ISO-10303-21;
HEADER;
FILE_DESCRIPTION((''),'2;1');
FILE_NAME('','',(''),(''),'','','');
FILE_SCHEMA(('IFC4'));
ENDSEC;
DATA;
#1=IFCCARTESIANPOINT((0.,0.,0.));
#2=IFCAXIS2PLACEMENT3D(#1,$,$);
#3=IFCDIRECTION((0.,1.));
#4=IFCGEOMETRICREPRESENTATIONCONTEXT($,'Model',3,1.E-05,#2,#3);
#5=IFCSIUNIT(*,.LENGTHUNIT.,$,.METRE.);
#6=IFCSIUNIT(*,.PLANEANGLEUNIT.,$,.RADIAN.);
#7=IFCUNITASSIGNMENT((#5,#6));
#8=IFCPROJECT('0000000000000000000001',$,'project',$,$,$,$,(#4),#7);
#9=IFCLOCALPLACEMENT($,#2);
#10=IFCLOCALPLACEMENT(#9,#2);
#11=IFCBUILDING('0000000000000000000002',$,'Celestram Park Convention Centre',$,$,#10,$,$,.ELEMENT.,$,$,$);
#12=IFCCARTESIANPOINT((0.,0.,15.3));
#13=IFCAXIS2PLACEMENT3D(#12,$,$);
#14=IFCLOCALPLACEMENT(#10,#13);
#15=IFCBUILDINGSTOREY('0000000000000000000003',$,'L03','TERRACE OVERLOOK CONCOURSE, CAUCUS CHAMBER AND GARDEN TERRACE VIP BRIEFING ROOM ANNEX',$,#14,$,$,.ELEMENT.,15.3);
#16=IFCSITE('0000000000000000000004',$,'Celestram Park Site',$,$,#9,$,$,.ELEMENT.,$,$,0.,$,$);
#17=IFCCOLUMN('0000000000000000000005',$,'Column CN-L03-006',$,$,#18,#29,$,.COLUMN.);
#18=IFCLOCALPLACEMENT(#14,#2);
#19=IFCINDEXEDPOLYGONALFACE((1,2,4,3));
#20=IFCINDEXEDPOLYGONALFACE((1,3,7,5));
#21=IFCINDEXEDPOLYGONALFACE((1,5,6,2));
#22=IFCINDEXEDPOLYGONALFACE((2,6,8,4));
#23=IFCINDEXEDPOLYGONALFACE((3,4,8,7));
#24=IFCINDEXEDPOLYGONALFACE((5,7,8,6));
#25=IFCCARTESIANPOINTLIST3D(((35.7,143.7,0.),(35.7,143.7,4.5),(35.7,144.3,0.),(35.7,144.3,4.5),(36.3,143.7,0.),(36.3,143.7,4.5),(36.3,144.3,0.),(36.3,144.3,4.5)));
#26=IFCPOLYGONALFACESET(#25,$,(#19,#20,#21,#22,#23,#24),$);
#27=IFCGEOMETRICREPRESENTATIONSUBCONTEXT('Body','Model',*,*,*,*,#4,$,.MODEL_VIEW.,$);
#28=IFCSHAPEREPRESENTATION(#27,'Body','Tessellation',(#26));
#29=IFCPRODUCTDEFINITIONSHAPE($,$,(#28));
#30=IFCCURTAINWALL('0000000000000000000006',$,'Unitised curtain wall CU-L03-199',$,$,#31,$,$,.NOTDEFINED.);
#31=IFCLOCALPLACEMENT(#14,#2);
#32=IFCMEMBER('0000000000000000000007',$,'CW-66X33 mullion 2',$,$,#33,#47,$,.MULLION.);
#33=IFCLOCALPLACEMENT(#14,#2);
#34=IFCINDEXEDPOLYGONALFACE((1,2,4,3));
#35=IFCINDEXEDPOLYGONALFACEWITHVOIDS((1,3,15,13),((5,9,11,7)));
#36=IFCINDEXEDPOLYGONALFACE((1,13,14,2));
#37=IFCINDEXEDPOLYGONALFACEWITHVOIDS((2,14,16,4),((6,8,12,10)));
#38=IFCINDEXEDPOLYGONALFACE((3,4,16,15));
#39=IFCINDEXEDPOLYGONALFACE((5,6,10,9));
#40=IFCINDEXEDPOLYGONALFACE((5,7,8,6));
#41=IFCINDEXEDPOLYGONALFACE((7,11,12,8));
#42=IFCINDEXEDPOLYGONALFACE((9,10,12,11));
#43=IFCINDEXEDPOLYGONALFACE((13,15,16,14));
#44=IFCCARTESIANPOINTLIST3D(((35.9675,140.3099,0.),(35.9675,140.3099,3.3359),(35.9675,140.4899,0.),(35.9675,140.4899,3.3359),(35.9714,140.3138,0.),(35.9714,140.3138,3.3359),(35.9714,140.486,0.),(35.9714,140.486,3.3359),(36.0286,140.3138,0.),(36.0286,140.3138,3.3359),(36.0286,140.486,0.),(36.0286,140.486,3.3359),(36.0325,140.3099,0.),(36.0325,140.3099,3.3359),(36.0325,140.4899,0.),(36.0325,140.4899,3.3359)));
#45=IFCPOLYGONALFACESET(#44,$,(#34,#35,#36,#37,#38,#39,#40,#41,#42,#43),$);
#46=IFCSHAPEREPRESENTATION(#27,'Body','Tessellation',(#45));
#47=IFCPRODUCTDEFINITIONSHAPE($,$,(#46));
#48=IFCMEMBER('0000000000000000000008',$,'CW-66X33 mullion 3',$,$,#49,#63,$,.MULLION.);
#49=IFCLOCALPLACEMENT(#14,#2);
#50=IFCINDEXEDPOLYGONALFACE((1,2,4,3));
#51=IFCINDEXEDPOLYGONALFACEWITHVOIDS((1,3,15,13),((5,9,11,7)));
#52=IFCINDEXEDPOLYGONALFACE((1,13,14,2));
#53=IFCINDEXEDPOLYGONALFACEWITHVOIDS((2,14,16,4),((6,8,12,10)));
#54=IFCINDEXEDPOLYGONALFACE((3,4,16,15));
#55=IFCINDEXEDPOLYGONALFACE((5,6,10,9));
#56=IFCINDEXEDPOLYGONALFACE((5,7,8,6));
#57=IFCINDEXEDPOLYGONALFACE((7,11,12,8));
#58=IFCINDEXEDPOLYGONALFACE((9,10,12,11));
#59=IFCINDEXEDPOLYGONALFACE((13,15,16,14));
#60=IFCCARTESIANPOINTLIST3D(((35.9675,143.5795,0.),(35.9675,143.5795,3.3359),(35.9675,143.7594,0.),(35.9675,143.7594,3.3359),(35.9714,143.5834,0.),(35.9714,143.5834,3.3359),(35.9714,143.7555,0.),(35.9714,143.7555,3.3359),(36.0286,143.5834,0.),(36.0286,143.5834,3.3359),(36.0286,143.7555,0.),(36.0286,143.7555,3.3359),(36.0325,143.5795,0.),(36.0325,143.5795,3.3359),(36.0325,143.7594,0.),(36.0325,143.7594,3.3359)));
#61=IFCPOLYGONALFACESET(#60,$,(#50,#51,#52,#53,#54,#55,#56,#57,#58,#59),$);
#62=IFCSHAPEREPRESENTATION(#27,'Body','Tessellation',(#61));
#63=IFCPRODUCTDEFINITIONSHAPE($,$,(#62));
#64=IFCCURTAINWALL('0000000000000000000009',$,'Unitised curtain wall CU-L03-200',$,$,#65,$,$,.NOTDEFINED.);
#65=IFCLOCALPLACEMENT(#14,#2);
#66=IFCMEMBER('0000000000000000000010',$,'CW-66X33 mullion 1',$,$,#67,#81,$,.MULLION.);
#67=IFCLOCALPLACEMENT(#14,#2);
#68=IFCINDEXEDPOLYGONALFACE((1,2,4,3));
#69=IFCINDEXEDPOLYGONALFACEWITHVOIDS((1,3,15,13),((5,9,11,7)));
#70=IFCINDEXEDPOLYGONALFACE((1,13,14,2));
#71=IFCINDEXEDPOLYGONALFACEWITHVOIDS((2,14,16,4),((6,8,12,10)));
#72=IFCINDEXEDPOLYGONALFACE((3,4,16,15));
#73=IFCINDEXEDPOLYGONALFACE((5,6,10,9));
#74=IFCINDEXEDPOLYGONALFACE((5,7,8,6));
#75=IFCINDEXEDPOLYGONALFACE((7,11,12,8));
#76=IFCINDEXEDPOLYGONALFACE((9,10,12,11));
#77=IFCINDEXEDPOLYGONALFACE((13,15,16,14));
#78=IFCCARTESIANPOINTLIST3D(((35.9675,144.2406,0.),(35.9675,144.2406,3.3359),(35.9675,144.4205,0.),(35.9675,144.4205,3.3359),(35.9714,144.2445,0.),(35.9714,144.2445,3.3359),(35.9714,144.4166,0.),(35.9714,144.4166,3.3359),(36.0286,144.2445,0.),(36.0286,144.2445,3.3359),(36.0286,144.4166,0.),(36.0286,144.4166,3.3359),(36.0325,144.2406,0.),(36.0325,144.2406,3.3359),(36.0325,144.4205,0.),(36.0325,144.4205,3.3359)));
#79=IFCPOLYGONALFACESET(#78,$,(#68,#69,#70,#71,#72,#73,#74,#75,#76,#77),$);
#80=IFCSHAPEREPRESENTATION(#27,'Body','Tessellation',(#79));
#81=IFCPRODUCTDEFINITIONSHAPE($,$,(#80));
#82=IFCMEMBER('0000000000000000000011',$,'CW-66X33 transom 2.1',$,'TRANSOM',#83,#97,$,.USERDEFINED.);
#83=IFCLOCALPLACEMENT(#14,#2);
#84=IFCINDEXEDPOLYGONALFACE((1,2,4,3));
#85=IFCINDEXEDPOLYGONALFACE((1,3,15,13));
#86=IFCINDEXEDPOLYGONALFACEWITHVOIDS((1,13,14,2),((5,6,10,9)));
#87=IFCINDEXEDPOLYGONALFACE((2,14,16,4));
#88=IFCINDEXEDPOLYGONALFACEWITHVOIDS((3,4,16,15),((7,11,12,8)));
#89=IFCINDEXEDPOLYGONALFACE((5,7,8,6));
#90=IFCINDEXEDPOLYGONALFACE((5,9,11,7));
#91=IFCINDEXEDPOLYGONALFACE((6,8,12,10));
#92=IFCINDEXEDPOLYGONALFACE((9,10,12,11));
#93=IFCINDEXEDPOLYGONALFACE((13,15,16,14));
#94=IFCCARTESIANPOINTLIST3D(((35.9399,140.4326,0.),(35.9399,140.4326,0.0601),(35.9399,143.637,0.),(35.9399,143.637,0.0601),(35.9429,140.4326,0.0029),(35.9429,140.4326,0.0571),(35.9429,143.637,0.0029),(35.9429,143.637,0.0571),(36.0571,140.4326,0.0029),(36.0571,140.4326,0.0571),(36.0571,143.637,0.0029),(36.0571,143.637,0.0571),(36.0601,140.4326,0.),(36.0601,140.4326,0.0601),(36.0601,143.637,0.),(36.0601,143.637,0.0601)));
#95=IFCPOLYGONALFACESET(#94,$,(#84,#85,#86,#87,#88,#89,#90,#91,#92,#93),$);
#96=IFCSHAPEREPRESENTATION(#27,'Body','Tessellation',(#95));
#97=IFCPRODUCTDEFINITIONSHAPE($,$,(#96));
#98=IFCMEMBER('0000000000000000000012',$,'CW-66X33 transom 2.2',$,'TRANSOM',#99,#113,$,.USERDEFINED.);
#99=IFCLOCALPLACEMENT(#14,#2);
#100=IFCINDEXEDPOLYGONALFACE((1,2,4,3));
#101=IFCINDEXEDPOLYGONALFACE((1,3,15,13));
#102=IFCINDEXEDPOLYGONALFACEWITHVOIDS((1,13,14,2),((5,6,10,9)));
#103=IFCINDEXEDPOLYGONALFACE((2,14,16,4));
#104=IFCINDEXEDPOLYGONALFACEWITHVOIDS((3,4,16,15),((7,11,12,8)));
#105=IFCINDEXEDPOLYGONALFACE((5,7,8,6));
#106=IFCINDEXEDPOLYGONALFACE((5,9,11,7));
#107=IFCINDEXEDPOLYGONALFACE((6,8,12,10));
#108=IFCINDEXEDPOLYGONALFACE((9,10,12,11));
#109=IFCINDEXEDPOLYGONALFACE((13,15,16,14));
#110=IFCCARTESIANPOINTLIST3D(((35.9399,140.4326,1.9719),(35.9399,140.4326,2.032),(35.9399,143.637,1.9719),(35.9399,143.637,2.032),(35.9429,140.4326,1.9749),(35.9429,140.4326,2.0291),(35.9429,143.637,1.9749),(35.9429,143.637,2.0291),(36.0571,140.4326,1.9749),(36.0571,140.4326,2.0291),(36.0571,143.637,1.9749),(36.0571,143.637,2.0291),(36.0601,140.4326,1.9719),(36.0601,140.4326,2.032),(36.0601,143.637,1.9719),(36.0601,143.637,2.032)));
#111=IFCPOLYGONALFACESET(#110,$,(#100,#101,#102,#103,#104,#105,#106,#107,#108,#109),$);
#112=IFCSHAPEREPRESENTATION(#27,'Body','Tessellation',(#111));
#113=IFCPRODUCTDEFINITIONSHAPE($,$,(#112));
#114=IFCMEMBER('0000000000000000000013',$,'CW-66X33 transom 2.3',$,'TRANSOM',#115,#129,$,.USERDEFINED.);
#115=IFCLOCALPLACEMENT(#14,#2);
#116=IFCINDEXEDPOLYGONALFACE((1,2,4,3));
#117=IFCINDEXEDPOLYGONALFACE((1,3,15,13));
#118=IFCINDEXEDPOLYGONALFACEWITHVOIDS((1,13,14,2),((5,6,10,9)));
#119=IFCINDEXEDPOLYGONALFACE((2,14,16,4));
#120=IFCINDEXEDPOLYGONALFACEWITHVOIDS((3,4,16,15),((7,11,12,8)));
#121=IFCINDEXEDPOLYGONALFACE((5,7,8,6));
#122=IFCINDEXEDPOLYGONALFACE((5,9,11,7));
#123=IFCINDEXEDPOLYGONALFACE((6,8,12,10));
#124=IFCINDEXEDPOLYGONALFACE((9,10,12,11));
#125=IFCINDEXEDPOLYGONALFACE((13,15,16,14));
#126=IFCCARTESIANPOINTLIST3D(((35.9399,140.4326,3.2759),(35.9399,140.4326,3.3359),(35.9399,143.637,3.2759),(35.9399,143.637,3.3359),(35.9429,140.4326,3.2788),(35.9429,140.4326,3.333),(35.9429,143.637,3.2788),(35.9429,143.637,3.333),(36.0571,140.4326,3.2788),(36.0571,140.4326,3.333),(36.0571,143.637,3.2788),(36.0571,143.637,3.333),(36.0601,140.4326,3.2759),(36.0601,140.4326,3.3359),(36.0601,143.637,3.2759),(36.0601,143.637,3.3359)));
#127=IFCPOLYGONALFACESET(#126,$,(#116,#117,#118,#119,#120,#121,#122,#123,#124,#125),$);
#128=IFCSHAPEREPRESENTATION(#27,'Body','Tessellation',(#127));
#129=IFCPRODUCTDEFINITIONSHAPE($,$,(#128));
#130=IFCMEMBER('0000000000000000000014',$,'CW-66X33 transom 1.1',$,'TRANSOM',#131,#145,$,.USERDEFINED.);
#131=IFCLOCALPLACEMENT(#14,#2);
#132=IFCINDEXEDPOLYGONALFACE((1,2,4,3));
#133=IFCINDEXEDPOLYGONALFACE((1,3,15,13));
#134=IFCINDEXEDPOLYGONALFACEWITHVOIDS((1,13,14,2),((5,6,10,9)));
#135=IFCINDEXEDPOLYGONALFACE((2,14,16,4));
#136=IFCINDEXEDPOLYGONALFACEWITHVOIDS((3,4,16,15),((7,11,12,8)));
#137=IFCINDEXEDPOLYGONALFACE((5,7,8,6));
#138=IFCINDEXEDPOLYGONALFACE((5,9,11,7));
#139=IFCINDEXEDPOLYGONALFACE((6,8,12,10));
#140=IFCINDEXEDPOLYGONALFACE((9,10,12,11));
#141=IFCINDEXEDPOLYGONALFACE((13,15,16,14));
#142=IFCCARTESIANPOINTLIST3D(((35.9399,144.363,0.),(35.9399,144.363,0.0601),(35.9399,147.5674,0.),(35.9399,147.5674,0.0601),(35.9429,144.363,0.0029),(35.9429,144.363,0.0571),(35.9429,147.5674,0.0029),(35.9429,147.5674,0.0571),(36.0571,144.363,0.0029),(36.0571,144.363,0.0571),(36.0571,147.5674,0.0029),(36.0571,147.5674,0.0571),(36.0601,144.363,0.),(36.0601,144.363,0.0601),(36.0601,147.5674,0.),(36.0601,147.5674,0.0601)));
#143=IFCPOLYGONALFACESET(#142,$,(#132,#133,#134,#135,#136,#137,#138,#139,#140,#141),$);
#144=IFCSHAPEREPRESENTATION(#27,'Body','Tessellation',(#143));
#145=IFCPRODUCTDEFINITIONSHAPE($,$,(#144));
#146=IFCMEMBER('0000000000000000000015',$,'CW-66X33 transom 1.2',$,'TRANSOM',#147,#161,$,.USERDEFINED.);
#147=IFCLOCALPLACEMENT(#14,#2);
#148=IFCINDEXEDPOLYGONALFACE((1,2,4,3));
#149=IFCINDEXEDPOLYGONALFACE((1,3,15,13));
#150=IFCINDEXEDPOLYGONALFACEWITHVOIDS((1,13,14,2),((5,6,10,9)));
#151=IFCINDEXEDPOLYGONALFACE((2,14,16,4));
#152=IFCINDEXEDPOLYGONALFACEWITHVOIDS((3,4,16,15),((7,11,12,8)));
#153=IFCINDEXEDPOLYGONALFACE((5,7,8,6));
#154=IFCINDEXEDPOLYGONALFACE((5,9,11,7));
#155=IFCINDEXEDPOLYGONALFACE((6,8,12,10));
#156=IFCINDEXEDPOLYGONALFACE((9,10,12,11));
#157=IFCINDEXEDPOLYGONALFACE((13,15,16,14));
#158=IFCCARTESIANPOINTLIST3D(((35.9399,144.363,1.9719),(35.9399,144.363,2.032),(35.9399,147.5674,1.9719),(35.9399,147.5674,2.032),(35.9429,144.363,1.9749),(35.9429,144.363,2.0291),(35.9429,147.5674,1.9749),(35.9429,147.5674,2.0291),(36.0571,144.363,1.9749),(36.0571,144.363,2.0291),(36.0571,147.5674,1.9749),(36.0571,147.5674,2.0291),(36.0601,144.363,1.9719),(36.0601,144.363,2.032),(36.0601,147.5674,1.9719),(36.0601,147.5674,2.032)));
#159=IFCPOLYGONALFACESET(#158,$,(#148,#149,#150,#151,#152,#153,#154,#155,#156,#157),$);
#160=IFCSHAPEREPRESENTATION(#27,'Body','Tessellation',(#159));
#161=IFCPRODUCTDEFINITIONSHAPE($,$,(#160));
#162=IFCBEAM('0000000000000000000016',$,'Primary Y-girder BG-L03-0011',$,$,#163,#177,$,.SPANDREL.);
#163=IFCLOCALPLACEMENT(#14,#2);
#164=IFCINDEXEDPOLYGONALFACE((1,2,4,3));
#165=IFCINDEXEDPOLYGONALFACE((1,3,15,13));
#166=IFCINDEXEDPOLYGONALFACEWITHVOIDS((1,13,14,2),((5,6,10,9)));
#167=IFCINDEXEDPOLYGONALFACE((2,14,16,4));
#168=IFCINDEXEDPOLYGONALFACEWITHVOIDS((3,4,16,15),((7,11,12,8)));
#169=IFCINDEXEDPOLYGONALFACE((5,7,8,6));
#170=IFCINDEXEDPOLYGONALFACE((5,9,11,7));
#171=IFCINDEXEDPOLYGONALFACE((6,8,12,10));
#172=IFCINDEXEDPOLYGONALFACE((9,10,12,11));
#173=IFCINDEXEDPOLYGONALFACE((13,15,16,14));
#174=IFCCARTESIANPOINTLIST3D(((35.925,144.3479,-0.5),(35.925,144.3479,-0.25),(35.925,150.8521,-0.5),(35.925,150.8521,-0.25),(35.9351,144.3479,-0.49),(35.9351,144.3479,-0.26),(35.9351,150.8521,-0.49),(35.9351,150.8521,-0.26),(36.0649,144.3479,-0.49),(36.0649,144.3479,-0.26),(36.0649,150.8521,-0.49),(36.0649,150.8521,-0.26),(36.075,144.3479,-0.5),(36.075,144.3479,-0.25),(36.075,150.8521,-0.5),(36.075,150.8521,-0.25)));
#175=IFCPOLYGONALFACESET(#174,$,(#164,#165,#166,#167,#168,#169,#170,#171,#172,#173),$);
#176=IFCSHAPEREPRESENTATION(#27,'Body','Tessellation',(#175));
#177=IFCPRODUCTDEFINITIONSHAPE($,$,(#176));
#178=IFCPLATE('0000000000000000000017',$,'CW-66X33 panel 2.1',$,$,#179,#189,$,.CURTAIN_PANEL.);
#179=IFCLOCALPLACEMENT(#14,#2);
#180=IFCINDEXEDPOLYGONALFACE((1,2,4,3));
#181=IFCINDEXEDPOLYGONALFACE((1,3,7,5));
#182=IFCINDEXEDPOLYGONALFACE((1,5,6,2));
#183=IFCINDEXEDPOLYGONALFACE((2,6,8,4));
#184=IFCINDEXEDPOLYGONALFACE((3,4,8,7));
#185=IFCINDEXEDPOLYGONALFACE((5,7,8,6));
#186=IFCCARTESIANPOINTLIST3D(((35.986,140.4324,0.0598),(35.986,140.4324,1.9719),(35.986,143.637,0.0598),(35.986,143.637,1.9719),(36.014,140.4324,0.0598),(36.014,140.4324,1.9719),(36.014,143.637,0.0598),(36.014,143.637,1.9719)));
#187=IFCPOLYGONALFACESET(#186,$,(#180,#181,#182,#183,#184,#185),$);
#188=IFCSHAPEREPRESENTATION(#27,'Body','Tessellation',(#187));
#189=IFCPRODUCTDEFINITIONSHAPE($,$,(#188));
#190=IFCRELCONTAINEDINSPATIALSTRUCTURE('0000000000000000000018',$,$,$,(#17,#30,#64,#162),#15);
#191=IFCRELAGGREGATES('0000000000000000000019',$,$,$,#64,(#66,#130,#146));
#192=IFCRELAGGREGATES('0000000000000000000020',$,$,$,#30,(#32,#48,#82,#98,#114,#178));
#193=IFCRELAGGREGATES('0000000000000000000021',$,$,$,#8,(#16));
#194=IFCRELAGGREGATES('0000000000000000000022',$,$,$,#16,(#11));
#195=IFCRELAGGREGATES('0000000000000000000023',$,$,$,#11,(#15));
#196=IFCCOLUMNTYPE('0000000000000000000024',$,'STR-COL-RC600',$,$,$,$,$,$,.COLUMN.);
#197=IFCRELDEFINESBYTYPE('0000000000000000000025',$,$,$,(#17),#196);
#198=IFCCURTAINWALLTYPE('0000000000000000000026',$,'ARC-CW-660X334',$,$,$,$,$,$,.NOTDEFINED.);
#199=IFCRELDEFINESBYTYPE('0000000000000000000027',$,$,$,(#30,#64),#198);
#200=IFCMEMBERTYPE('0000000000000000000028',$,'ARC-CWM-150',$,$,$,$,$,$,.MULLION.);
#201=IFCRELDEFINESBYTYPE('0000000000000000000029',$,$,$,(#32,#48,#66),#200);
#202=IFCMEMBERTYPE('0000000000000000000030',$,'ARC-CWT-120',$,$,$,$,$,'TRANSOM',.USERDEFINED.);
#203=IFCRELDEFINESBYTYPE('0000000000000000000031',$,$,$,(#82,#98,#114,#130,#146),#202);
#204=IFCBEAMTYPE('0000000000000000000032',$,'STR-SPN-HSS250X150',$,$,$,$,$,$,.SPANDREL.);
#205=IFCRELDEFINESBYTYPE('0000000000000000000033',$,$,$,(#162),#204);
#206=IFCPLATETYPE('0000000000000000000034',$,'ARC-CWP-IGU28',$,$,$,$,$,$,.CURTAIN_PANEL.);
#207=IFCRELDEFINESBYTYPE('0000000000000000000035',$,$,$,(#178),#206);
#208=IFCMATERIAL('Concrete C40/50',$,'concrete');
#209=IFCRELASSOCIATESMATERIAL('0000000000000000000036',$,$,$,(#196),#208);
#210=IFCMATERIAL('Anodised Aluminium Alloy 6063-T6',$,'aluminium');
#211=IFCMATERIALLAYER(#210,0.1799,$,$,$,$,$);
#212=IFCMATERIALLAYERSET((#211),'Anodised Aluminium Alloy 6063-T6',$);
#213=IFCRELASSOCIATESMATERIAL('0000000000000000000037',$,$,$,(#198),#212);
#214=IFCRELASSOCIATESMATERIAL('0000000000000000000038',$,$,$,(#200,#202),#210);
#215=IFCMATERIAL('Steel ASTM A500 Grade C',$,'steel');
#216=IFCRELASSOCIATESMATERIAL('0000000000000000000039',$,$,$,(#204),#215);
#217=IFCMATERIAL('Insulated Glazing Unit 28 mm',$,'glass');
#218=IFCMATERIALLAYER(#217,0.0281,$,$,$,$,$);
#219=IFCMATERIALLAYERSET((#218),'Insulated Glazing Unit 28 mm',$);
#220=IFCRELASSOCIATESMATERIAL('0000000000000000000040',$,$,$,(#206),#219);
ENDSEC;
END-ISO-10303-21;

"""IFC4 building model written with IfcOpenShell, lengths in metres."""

from ifc_helpers import new_model, si_unit, direction, frame, origin, origin_2d, place, context, subcontext, project, spatial, rectangle, hollow_rectangle, extrude, material, layer, layer_set, material_profile, profile_set, type_object, element, aggregate, save


model = new_model("IFC4")

# Units and contexts
model_context = context("Model", 3, precision=1e-05, world=origin(), true_north=direction((0.0, 1.0)))
body_context = subcontext(model_context, "Body", "Model", "MODEL_VIEW")
ifc_project = project(units=[si_unit("LENGTHUNIT", "METRE"), si_unit("PLANEANGLEUNIT", "RADIAN")], contexts=[model_context])

# Site, building, storey
site_placement = place(None, origin())
site = spatial("IfcSite", under=ifc_project, at=site_placement, Name="Celestram Park Site", CompositionType="ELEMENT", RefElevation=0.0)
building_placement = place(site_placement, origin())
building = spatial("IfcBuilding", under=site, at=building_placement, Name="Celestram Park Convention Centre", CompositionType="ELEMENT")
storey_placement = place(building_placement, frame((0.0, 0.0, 15.3)))
storey = spatial("IfcBuildingStorey", under=building, at=storey_placement, Name="L03", Description="TERRACE OVERLOOK CONCOURSE, CAUCUS CHAMBER AND GARDEN TERRACE VIP BRIEFING ROOM ANNEX", CompositionType="ELEMENT", Elevation=15.3)

# Column
ifc_material_1 = material(Name="Concrete C40/50", Category="concrete")
ifc_material_profile_1 = material_profile(ifc_material_1, rectangle(XDim=0.6001, YDim=0.6001, at=origin_2d()), Name="RC600X600")
ifc_profile_set_1 = profile_set([ifc_material_profile_1], Name="Concrete C40/50")
column_type = type_object("IfcColumnType", Name="STR-COL-RC600", PredefinedType="COLUMN", material=ifc_profile_set_1)
column_placement = place(storey_placement, frame((36.0, 144.0, 0.0), z_axis=(0.0, 0.0, 1.0), x_axis=(1.0, 0.0, 0.0)))
element("IfcColumn", 1, at=column_placement, inside=storey, type_object=column_type, Name="Column CN-L03-006", PredefinedType="COLUMN", context=body_context, shape_type="SweptSolid", body=[
    extrude(rectangle(XDim=0.6001, YDim=0.6001, at=origin_2d()), origin(), (0.0, 0.0, 1.0), 4.5),
])

# Curtain wall, members
ifc_material_2 = material(Name="Anodised Aluminium Alloy 6063-T6", Category="aluminium")
ifc_layer_1 = layer(ifc_material_2, 0.1799)
ifc_layer_set_1 = layer_set([ifc_layer_1], Name="Anodised Aluminium Alloy 6063-T6")
curtain_wall_type = type_object("IfcCurtainWallType", Name="ARC-CW-660X334", PredefinedType="NOTDEFINED", material=ifc_layer_set_1)
curtain_wall_1_placement = place(storey_placement, origin())
curtain_wall_1 = element("IfcCurtainWall", 2, at=curtain_wall_1_placement, inside=storey, type_object=curtain_wall_type, Name="Unitised curtain wall CU-L03-199", PredefinedType="NOTDEFINED")
ifc_material_profile_2 = material_profile(ifc_material_2, hollow_rectangle(XDim=0.0649, YDim=0.1799, WallThickness=0.0039, at=origin_2d()), Name="ALU65X180X4")
ifc_profile_set_2 = profile_set([ifc_material_profile_2], Name="Anodised Aluminium Alloy 6063-T6")
member_type_1 = type_object("IfcMemberType", Name="ARC-CWM-150", PredefinedType="MULLION", material=ifc_profile_set_2)
member_1_placement = place(storey_placement, frame((36.0, 140.3999, 0.0), z_axis=(0.0, 0.0, 1.0), x_axis=(-1.0, 0.0, 0.0)))
member_1 = element("IfcMember", 3, at=member_1_placement, type_object=member_type_1, Name="CW-66X33 mullion 2", PredefinedType="MULLION", context=body_context, shape_type="SweptSolid", body=[
    extrude(hollow_rectangle(XDim=0.0649, YDim=0.1799, WallThickness=0.0039, at=origin_2d()), origin(), (0.0, 0.0, 1.0), 3.3359),
])
member_2_placement = place(storey_placement, frame((36.0, 143.6694, 0.0), z_axis=(0.0, 0.0, 1.0), x_axis=(-1.0, 0.0, 0.0)))
member_2 = element("IfcMember", 4, at=member_2_placement, type_object=member_type_1, Name="CW-66X33 mullion 3", PredefinedType="MULLION", context=body_context, shape_type="SweptSolid", body=[
    extrude(hollow_rectangle(XDim=0.0649, YDim=0.1799, WallThickness=0.0039, at=origin_2d()), origin(), (0.0, 0.0, 1.0), 3.3359),
])

# Curtain wall, member
curtain_wall_2_placement = place(storey_placement, origin())
curtain_wall_2 = element("IfcCurtainWall", 5, at=curtain_wall_2_placement, inside=storey, type_object=curtain_wall_type, Name="Unitised curtain wall CU-L03-200", PredefinedType="NOTDEFINED")
member_3_placement = place(storey_placement, frame((36.0, 144.3306, 0.0), z_axis=(0.0, 0.0, 1.0), x_axis=(-1.0, 0.0, 0.0)))
member_3 = element("IfcMember", 6, at=member_3_placement, type_object=member_type_1, Name="CW-66X33 mullion 1", PredefinedType="MULLION", context=body_context, shape_type="SweptSolid", body=[
    extrude(hollow_rectangle(XDim=0.0649, YDim=0.1799, WallThickness=0.0039, at=origin_2d()), origin(), (0.0, 0.0, 1.0), 3.3359),
])

# Members
ifc_material_profile_3 = material_profile(ifc_material_2, hollow_rectangle(XDim=0.1201, YDim=0.0601, WallThickness=0.0029, at=origin_2d()), Name="ALU120X60X3")
ifc_profile_set_3 = profile_set([ifc_material_profile_3], Name="Anodised Aluminium Alloy 6063-T6")
member_type_2 = type_object("IfcMemberType", Name="ARC-CWT-120", ElementType="TRANSOM", PredefinedType="USERDEFINED", material=ifc_profile_set_3)
member_4_placement = place(storey_placement, frame((36.0, 140.4326, 0.03), z_axis=(0.0, 1.0, 0.0), x_axis=(-1.0, 0.0, 0.0)))
member_4 = element("IfcMember", 7, at=member_4_placement, type_object=member_type_2, Name="CW-66X33 transom 2.1", ObjectType="TRANSOM", PredefinedType="USERDEFINED", context=body_context, shape_type="SweptSolid", body=[
    extrude(hollow_rectangle(XDim=0.1201, YDim=0.0601, WallThickness=0.0029, at=origin_2d()), origin(), (0.0, 0.0, 1.0), 3.2043),
])
member_5_placement = place(storey_placement, frame((36.0, 140.4326, 2.002), z_axis=(0.0, 1.0, 0.0), x_axis=(-1.0, 0.0, 0.0)))
member_5 = element("IfcMember", 8, at=member_5_placement, type_object=member_type_2, Name="CW-66X33 transom 2.2", ObjectType="TRANSOM", PredefinedType="USERDEFINED", context=body_context, shape_type="SweptSolid", body=[
    extrude(hollow_rectangle(XDim=0.1201, YDim=0.0601, WallThickness=0.0029, at=origin_2d()), origin(), (0.0, 0.0, 1.0), 3.2043),
])
member_6_placement = place(storey_placement, frame((36.0, 140.4326, 3.3059), z_axis=(0.0, 1.0, 0.0), x_axis=(-1.0, 0.0, 0.0)))
member_6 = element("IfcMember", 9, at=member_6_placement, type_object=member_type_2, Name="CW-66X33 transom 2.3", ObjectType="TRANSOM", PredefinedType="USERDEFINED", context=body_context, shape_type="SweptSolid", body=[
    extrude(hollow_rectangle(XDim=0.1201, YDim=0.0601, WallThickness=0.0029, at=origin_2d()), origin(), (0.0, 0.0, 1.0), 3.2043),
])
member_7_placement = place(storey_placement, frame((36.0, 144.363, 0.03), z_axis=(0.0, 1.0, 0.0), x_axis=(-1.0, 0.0, 0.0)))
member_7 = element("IfcMember", 10, at=member_7_placement, type_object=member_type_2, Name="CW-66X33 transom 1.1", ObjectType="TRANSOM", PredefinedType="USERDEFINED", context=body_context, shape_type="SweptSolid", body=[
    extrude(hollow_rectangle(XDim=0.1201, YDim=0.0601, WallThickness=0.0029, at=origin_2d()), origin(), (0.0, 0.0, 1.0), 3.2043),
])
member_8_placement = place(storey_placement, frame((36.0, 144.363, 2.002), z_axis=(0.0, 1.0, 0.0), x_axis=(-1.0, 0.0, 0.0)))
member_8 = element("IfcMember", 11, at=member_8_placement, type_object=member_type_2, Name="CW-66X33 transom 1.2", ObjectType="TRANSOM", PredefinedType="USERDEFINED", context=body_context, shape_type="SweptSolid", body=[
    extrude(hollow_rectangle(XDim=0.1201, YDim=0.0601, WallThickness=0.0029, at=origin_2d()), origin(), (0.0, 0.0, 1.0), 3.2043),
])
aggregate(curtain_wall_2, [member_3, member_7, member_8])

# Beam
ifc_material_3 = material(Name="Steel ASTM A500 Grade C", Category="steel")
ifc_material_profile_4 = material_profile(ifc_material_3, hollow_rectangle(XDim=0.1499, YDim=0.25, WallThickness=0.01, at=origin_2d()), Name="HSS250X150X10")
ifc_profile_set_4 = profile_set([ifc_material_profile_4], Name="Steel ASTM A500 Grade C")
beam_type = type_object("IfcBeamType", Name="STR-SPN-HSS250X150", PredefinedType="SPANDREL", material=ifc_profile_set_4)
beam_placement = place(storey_placement, frame((36.0, 144.3479, -0.375), z_axis=(0.0, 1.0, 0.0), x_axis=(-1.0, 0.0, 0.0)))
element("IfcBeam", 12, at=beam_placement, inside=storey, type_object=beam_type, Name="Primary Y-girder BG-L03-0011", PredefinedType="SPANDREL", context=body_context, shape_type="SweptSolid", body=[
    extrude(hollow_rectangle(XDim=0.1499, YDim=0.25, WallThickness=0.01, at=origin_2d()), origin(), (0.0, 0.0, 1.0), 6.5042),
])

# Plate
ifc_material_4 = material(Name="Insulated Glazing Unit 28 mm", Category="glass")
ifc_layer_2 = layer(ifc_material_4, 0.0281)
ifc_layer_set_2 = layer_set([ifc_layer_2], Name="Insulated Glazing Unit 28 mm")
plate_type = type_object("IfcPlateType", Name="ARC-CWP-IGU28", PredefinedType="CURTAIN_PANEL", material=ifc_layer_set_2)
plate_1_placement = place(storey_placement, frame((36.0, 142.0347, 0.0598), z_axis=(0.0, 0.0, 1.0), x_axis=(0.0, 1.0, 0.0)))
plate_1 = element("IfcPlate", 13, at=plate_1_placement, type_object=plate_type, Name="CW-66X33 panel 2.1", PredefinedType="CURTAIN_PANEL", context=body_context, shape_type="SweptSolid", body=[
    extrude(rectangle(XDim=3.2046, YDim=0.0281, at=origin_2d()), origin(), (0.0, 0.0, 1.0), 1.9121),
])
aggregate(curtain_wall_1, [member_1, member_2, member_4, member_5, member_6, plate_1])

save(model, "model.ifc")
